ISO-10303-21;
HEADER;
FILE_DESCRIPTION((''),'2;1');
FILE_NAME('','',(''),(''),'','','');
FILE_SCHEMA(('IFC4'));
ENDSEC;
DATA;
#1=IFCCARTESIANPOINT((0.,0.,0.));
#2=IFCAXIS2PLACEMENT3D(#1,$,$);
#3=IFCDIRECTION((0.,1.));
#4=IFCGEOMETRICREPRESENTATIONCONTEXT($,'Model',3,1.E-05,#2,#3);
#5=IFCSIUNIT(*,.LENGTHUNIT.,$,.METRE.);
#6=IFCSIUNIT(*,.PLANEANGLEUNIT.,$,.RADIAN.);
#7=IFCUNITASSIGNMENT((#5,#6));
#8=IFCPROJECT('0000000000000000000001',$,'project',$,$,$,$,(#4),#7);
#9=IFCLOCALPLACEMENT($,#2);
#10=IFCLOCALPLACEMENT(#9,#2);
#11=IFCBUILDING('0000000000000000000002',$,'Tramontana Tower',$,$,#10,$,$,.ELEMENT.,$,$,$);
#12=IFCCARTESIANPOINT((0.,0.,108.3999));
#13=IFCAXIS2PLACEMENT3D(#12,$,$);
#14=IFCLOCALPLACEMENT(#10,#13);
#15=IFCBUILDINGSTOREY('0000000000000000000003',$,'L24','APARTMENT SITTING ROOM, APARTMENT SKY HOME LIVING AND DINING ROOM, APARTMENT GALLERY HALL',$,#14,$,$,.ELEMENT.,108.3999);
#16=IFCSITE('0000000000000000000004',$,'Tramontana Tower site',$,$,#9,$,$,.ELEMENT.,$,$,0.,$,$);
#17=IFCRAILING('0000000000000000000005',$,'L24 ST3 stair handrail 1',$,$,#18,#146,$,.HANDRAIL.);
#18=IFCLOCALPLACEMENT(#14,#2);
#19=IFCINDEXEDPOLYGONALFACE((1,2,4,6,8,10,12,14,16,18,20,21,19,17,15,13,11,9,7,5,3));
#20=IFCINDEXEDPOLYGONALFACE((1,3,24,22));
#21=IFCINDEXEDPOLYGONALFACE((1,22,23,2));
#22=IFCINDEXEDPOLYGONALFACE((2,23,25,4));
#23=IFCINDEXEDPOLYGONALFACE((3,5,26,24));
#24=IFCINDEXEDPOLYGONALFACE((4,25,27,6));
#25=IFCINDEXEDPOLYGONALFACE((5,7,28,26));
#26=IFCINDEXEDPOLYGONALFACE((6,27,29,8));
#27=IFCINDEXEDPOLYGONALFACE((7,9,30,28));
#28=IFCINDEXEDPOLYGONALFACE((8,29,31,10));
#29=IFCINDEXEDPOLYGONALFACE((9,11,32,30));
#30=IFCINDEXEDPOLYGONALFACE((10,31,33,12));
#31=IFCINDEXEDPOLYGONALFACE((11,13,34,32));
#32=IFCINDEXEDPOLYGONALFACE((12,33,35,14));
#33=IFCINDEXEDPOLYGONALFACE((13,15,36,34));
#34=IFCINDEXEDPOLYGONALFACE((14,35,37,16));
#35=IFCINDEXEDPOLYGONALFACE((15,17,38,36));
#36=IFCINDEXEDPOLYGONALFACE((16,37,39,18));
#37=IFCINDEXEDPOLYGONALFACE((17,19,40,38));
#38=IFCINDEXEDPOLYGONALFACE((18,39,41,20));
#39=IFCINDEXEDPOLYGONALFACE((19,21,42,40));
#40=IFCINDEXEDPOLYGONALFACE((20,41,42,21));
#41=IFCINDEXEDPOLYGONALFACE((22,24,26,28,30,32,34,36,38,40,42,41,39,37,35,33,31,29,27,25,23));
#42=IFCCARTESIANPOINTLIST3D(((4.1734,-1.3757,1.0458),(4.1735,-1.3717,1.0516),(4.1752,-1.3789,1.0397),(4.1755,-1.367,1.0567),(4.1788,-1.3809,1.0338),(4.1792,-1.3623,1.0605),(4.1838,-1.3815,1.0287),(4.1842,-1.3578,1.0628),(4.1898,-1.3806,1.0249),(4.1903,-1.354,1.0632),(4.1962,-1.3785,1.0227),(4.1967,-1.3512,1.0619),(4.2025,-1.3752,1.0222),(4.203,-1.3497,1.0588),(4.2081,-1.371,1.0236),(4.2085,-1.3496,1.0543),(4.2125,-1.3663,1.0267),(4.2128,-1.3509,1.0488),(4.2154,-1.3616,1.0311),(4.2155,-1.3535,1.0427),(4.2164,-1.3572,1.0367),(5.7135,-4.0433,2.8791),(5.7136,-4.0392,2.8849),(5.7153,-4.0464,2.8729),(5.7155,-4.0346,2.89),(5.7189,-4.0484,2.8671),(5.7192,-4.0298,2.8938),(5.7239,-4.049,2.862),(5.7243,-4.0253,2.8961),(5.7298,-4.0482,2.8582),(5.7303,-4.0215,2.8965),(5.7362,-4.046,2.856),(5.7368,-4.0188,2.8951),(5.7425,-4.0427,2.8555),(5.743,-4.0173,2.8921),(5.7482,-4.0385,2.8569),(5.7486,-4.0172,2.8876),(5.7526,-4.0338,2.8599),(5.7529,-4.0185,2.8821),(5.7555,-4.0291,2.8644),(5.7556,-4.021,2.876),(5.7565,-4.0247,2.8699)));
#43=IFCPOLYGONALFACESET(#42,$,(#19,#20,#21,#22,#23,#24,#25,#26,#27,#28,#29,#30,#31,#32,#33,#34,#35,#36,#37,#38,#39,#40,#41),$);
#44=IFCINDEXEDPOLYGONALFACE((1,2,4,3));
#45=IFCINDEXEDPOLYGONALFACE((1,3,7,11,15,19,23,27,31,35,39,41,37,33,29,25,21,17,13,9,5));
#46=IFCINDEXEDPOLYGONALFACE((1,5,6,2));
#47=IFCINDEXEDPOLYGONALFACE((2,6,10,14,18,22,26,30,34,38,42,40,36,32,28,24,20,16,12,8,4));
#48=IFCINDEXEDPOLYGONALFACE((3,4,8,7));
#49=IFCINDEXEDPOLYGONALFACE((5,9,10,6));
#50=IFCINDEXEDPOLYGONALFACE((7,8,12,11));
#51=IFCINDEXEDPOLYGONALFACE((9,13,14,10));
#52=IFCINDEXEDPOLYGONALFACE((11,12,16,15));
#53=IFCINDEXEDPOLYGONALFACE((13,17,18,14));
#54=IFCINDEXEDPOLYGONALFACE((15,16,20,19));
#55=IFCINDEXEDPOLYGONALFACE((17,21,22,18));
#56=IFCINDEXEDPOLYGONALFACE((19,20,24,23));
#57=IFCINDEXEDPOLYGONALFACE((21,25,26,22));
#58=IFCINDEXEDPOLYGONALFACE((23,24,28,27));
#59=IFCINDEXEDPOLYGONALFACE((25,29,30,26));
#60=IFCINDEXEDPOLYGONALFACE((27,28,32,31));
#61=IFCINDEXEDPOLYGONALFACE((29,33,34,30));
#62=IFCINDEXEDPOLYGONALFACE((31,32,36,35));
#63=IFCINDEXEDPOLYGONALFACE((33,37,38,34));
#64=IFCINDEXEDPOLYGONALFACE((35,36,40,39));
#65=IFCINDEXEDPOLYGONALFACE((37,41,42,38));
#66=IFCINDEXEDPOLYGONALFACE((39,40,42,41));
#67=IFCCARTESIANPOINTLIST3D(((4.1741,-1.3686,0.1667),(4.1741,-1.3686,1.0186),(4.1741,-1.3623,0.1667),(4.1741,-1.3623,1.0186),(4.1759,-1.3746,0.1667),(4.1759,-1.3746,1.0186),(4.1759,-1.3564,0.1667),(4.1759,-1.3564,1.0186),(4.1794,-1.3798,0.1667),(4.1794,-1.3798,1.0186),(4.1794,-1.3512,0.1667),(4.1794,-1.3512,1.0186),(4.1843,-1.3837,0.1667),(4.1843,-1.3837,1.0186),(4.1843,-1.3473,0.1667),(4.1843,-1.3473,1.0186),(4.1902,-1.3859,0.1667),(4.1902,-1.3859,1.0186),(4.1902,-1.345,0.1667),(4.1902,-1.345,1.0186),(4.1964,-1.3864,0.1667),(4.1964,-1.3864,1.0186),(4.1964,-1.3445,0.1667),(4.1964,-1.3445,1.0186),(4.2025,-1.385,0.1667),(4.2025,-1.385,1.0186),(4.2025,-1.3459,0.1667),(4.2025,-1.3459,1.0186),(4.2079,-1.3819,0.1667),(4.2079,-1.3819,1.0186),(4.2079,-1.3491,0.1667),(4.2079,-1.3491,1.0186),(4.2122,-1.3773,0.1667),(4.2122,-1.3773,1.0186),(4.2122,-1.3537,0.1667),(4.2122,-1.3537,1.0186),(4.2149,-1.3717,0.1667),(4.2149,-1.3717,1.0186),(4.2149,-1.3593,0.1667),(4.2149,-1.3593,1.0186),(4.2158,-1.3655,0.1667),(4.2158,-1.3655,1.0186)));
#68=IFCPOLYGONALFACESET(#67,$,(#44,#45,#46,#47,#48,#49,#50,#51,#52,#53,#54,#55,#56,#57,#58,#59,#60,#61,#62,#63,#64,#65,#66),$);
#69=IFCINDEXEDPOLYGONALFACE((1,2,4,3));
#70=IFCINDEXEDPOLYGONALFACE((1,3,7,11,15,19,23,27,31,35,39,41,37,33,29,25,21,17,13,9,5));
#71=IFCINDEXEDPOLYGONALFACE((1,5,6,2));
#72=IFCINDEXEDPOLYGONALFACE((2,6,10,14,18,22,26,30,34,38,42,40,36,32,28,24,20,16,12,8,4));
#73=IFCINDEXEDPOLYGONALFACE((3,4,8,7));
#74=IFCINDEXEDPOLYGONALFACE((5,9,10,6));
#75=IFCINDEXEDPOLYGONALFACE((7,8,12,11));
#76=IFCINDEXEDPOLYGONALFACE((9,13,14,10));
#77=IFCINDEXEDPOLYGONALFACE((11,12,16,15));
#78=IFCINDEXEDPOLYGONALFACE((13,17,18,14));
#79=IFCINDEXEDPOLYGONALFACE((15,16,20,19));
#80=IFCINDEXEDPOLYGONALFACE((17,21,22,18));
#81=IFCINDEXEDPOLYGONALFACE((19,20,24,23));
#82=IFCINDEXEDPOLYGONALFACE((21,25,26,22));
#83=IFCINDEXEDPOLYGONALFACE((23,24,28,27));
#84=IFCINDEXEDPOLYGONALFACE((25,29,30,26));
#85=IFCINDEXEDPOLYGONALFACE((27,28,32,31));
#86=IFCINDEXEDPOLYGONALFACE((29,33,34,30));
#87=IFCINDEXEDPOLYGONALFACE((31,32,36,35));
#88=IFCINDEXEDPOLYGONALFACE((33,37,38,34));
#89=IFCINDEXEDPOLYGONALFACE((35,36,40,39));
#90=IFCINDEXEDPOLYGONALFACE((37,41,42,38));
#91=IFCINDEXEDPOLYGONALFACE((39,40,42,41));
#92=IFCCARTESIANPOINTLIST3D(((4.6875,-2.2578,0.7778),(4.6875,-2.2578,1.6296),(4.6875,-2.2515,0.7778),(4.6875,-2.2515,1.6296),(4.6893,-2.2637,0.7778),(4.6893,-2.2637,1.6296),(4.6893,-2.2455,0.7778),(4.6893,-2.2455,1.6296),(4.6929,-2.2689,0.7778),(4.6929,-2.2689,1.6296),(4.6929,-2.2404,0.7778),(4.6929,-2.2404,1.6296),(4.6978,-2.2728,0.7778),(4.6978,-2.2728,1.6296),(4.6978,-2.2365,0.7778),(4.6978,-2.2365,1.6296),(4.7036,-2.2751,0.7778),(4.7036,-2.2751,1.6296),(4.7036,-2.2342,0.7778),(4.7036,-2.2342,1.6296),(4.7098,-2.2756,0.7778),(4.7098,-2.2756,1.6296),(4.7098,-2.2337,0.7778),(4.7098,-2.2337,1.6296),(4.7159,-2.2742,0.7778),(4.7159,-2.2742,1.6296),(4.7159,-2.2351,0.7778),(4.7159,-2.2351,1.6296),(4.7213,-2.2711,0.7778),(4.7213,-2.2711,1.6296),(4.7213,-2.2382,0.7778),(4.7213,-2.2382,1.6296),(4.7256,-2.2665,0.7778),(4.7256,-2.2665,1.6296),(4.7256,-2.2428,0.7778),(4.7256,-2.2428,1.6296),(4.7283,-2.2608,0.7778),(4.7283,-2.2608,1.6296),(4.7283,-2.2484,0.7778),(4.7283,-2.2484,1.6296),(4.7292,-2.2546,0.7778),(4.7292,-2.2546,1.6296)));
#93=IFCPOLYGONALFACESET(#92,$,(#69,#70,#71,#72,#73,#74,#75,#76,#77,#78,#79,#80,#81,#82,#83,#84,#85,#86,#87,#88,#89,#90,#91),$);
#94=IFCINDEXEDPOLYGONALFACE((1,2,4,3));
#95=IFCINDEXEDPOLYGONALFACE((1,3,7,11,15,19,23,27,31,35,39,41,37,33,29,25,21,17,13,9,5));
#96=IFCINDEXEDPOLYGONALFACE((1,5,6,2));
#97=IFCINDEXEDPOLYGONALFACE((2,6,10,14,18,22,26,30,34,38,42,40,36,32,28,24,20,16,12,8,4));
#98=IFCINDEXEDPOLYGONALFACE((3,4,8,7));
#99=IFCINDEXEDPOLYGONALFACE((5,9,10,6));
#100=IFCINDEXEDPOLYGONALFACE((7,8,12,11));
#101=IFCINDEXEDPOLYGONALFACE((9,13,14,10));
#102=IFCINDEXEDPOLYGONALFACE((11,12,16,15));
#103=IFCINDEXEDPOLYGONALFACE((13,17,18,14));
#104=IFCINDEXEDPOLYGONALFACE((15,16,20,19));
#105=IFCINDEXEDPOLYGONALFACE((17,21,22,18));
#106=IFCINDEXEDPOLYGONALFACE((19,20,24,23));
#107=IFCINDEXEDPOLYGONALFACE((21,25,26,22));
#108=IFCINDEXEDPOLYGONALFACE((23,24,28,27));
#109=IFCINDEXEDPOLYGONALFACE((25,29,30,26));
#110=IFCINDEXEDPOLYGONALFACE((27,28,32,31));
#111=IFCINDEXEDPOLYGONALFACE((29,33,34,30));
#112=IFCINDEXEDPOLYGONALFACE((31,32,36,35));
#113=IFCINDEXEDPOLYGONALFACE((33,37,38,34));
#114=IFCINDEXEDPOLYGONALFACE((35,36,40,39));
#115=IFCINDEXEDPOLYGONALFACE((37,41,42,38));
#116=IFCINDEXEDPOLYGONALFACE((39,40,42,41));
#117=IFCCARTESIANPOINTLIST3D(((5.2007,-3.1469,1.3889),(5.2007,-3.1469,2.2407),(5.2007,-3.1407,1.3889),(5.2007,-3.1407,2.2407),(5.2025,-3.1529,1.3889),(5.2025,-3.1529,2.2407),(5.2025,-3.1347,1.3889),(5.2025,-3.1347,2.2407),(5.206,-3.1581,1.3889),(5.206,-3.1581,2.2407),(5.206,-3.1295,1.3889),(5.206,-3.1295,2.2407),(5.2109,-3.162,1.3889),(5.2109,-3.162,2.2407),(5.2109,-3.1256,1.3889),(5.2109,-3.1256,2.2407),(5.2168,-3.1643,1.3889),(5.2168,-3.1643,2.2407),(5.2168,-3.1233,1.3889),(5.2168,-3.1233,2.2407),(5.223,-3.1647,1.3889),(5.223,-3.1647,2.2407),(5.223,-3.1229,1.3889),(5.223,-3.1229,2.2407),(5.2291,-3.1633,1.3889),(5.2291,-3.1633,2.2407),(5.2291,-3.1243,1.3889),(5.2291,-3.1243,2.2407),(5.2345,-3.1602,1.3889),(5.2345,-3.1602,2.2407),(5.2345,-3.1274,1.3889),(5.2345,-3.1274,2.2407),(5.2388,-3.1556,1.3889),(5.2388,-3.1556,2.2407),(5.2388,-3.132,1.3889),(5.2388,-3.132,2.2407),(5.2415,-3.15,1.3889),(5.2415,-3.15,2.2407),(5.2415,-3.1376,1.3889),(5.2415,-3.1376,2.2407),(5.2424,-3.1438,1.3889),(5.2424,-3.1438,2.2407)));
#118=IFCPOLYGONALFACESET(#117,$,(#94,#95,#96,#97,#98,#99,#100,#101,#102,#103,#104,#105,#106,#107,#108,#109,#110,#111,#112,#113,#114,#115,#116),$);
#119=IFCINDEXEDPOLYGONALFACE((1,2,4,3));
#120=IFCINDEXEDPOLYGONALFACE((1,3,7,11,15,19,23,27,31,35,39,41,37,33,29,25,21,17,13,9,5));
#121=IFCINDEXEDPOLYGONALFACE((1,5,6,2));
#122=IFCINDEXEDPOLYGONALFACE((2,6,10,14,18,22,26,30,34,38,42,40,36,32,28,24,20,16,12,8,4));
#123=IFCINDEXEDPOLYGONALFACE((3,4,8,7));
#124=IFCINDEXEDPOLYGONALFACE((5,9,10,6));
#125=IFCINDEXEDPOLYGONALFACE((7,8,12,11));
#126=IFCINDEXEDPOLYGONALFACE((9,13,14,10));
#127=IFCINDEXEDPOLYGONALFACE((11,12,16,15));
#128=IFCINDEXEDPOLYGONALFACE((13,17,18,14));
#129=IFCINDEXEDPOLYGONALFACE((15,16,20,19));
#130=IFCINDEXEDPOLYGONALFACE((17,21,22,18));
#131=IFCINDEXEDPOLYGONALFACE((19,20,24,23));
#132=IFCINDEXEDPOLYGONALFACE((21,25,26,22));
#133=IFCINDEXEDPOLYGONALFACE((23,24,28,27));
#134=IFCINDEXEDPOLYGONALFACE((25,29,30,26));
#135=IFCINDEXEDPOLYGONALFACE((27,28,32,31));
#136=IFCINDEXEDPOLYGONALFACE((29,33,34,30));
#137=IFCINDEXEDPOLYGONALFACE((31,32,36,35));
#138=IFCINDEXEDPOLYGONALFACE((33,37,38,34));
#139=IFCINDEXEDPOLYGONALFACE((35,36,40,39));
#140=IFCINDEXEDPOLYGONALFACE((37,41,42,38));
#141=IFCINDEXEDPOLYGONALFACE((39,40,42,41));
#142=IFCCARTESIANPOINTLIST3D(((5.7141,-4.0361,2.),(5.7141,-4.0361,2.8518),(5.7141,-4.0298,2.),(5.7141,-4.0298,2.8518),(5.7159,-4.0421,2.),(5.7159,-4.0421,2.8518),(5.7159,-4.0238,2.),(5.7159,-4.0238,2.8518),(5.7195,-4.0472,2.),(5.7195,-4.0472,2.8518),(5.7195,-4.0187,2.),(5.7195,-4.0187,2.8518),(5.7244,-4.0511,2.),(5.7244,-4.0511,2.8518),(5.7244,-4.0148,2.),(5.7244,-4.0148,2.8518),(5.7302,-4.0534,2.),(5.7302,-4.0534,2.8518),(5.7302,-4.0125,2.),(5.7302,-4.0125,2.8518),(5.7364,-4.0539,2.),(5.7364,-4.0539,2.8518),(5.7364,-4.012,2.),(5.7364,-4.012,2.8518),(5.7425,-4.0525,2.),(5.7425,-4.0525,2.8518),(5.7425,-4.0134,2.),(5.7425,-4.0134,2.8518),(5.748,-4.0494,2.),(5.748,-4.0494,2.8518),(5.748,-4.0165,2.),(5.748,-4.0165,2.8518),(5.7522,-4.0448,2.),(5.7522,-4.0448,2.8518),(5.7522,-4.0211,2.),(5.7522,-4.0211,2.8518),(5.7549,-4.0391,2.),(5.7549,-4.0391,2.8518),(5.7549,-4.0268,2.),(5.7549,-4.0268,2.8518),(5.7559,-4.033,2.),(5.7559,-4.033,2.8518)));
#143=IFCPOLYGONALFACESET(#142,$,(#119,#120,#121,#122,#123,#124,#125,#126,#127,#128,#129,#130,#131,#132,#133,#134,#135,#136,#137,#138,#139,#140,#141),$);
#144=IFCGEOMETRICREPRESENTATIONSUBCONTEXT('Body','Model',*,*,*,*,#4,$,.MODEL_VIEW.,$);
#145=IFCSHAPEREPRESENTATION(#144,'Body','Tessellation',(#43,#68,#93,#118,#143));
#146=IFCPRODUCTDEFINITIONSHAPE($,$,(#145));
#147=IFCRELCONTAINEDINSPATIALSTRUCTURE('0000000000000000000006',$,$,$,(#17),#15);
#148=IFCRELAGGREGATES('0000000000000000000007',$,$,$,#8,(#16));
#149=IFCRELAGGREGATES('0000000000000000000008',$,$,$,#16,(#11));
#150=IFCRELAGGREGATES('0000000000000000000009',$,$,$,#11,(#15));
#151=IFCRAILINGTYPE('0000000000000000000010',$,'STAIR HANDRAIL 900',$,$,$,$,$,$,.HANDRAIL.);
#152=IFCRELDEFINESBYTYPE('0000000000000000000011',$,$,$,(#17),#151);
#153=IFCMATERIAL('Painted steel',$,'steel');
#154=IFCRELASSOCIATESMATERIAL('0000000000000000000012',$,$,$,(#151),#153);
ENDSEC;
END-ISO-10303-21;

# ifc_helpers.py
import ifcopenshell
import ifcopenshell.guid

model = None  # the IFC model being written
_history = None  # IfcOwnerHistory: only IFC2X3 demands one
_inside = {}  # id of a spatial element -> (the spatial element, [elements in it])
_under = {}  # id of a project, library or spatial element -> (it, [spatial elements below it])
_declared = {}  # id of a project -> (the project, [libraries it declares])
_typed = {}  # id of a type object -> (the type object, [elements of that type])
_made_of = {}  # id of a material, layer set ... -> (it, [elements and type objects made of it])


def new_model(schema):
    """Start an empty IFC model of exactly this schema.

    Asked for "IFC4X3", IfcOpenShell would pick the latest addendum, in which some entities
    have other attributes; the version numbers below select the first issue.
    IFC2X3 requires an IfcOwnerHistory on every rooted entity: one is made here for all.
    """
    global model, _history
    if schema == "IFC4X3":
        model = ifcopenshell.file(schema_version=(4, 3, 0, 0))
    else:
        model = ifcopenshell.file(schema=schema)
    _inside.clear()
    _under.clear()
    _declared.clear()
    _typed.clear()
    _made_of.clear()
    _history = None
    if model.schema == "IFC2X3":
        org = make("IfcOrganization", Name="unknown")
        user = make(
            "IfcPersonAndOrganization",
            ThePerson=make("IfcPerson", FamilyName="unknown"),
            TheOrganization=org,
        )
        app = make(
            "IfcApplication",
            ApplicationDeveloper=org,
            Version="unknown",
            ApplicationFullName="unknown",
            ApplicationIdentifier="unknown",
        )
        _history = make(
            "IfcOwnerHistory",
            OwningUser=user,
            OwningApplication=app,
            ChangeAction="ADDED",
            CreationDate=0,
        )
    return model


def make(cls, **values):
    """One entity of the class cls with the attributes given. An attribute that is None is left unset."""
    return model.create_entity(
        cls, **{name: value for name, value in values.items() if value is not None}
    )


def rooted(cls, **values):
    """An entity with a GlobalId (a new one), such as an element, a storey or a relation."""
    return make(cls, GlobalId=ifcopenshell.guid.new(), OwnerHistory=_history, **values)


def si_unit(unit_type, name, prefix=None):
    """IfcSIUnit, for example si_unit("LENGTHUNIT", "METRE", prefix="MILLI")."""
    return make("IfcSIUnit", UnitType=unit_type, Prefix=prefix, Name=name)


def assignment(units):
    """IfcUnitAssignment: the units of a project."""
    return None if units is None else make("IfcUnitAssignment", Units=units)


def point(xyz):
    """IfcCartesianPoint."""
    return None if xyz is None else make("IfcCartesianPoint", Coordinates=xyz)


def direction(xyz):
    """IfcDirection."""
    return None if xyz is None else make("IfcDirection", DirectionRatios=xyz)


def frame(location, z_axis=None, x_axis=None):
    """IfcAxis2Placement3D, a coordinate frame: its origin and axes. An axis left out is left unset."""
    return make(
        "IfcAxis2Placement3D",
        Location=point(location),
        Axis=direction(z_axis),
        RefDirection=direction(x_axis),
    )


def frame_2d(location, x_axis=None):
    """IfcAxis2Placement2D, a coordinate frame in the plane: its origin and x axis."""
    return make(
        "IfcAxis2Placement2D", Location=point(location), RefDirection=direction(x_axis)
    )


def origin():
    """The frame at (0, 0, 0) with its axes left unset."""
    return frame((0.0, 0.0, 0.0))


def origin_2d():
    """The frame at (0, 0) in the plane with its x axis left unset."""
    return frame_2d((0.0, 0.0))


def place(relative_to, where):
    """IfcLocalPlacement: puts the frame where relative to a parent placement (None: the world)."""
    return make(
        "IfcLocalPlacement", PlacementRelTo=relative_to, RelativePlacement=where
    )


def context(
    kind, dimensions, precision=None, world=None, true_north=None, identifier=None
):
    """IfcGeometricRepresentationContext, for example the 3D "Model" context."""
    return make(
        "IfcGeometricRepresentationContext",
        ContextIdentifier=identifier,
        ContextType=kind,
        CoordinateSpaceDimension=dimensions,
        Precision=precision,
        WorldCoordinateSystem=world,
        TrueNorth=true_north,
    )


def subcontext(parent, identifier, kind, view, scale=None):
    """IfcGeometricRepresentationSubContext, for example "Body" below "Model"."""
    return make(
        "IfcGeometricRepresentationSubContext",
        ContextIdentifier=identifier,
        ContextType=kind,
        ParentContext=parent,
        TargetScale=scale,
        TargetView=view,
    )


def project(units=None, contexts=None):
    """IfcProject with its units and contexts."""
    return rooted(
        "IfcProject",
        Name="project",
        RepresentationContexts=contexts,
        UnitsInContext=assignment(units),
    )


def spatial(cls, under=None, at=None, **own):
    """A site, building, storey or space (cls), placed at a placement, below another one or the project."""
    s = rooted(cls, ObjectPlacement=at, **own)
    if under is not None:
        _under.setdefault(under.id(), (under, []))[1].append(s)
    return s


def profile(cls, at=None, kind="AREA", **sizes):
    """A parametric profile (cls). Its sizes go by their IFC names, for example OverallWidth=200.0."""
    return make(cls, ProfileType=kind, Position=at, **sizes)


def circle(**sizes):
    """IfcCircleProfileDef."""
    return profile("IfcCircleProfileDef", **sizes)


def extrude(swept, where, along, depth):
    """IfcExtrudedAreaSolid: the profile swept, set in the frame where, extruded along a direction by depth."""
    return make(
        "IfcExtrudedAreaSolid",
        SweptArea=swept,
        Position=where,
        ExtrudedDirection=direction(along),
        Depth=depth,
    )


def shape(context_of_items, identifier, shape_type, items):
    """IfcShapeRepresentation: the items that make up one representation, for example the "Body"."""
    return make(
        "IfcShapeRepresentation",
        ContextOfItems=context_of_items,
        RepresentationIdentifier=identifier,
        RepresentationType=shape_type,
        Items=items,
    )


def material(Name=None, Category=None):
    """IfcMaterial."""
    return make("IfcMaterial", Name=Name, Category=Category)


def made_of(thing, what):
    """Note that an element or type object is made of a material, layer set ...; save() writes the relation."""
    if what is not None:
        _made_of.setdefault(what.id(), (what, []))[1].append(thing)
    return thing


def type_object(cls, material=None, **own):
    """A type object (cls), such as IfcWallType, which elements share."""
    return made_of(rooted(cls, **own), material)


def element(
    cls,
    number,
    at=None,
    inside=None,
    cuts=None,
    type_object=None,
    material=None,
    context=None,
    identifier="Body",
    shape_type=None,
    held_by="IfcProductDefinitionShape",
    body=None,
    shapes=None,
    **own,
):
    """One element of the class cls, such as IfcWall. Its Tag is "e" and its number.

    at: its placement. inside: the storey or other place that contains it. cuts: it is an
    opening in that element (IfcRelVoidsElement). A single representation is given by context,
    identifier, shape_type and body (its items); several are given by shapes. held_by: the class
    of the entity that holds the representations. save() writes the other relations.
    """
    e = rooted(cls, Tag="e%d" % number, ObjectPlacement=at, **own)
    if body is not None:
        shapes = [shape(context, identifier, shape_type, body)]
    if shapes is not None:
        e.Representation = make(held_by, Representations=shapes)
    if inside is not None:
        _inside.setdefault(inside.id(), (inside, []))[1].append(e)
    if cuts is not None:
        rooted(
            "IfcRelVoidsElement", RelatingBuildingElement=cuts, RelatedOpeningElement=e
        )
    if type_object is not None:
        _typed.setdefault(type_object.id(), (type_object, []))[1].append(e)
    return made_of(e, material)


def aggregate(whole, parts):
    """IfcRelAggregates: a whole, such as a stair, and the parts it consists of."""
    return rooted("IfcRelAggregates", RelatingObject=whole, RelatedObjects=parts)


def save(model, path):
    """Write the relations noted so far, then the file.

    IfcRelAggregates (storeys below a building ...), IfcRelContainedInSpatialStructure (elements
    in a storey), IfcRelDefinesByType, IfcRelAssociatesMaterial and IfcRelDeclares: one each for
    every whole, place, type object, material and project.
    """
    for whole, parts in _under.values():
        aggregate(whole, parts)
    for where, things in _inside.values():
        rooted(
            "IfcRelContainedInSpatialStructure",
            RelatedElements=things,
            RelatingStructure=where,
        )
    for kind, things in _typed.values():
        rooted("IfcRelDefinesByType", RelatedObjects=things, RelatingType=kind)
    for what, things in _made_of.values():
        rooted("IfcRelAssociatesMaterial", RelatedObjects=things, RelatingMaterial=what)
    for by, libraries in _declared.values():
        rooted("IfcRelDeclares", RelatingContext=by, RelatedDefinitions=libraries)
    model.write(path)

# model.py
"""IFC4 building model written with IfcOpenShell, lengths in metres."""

from ifc_helpers import new_model, si_unit, direction, frame, origin, origin_2d, place, context, subcontext, project, spatial, circle, extrude, material, type_object, element, save


model = new_model("IFC4")

# Units and contexts
model_context = context("Model", 3, precision=1e-05, world=origin(), true_north=direction((0.0, 1.0)))
body_context = subcontext(model_context, "Body", "Model", "MODEL_VIEW")
ifc_project = project(units=[si_unit("LENGTHUNIT", "METRE"), si_unit("PLANEANGLEUNIT", "RADIAN")], contexts=[model_context])

# Site, building, storey
site_placement = place(None, origin())
site = spatial("IfcSite", under=ifc_project, at=site_placement, Name="Tramontana Tower site", CompositionType="ELEMENT", RefElevation=0.0)
building_placement = place(site_placement, origin())
building = spatial("IfcBuilding", under=site, at=building_placement, Name="Tramontana Tower", CompositionType="ELEMENT")
storey_placement = place(building_placement, frame((0.0, 0.0, 108.3999)))
storey = spatial("IfcBuildingStorey", under=building, at=storey_placement, Name="L24", Description="APARTMENT SITTING ROOM, APARTMENT SKY HOME LIVING AND DINING ROOM, APARTMENT GALLERY HALL", CompositionType="ELEMENT", Elevation=108.3999)

# Railing
ifc_material_1 = material(Name="Painted steel", Category="steel")
railing_type_1 = type_object("IfcRailingType", Name="STAIR HANDRAIL 900", PredefinedType="HANDRAIL", material=ifc_material_1)
railing_1_placement = place(storey_placement, frame((4.1948, -1.3655, 0.1667)))
element("IfcRailing", 1, at=railing_1_placement, inside=storey, type_object=railing_type_1, Name="L24 ST3 stair handrail 1", PredefinedType="HANDRAIL", context=body_context, shape_type="SweptSolid", body=[
    extrude(circle(Radius=0.0239, at=origin_2d()), frame((0.0, 0.0, 0.876), z_axis=(0.429649, -0.74419, 0.511452), x_axis=(0.86603, 0.499992, 0.0)), (0.0, 0.0, 1.0), 3.5845),
    extrude(circle(Radius=0.021, at=origin_2d()), origin(), (0.0, 0.0, 1.0), 0.8518),
    extrude(circle(Radius=0.021, at=origin_2d()), frame((0.5134, -0.8892, 0.6111)), (0.0, 0.0, 1.0), 0.8518),
    extrude(circle(Radius=0.021, at=origin_2d()), frame((1.0266, -1.7783, 1.2222)), (0.0, 0.0, 1.0), 0.8518),
    extrude(circle(Radius=0.021, at=origin_2d()), frame((1.54, -2.6675, 1.8333)), (0.0, 0.0, 1.0), 0.8518),
])

save(model, "model.ifc")
